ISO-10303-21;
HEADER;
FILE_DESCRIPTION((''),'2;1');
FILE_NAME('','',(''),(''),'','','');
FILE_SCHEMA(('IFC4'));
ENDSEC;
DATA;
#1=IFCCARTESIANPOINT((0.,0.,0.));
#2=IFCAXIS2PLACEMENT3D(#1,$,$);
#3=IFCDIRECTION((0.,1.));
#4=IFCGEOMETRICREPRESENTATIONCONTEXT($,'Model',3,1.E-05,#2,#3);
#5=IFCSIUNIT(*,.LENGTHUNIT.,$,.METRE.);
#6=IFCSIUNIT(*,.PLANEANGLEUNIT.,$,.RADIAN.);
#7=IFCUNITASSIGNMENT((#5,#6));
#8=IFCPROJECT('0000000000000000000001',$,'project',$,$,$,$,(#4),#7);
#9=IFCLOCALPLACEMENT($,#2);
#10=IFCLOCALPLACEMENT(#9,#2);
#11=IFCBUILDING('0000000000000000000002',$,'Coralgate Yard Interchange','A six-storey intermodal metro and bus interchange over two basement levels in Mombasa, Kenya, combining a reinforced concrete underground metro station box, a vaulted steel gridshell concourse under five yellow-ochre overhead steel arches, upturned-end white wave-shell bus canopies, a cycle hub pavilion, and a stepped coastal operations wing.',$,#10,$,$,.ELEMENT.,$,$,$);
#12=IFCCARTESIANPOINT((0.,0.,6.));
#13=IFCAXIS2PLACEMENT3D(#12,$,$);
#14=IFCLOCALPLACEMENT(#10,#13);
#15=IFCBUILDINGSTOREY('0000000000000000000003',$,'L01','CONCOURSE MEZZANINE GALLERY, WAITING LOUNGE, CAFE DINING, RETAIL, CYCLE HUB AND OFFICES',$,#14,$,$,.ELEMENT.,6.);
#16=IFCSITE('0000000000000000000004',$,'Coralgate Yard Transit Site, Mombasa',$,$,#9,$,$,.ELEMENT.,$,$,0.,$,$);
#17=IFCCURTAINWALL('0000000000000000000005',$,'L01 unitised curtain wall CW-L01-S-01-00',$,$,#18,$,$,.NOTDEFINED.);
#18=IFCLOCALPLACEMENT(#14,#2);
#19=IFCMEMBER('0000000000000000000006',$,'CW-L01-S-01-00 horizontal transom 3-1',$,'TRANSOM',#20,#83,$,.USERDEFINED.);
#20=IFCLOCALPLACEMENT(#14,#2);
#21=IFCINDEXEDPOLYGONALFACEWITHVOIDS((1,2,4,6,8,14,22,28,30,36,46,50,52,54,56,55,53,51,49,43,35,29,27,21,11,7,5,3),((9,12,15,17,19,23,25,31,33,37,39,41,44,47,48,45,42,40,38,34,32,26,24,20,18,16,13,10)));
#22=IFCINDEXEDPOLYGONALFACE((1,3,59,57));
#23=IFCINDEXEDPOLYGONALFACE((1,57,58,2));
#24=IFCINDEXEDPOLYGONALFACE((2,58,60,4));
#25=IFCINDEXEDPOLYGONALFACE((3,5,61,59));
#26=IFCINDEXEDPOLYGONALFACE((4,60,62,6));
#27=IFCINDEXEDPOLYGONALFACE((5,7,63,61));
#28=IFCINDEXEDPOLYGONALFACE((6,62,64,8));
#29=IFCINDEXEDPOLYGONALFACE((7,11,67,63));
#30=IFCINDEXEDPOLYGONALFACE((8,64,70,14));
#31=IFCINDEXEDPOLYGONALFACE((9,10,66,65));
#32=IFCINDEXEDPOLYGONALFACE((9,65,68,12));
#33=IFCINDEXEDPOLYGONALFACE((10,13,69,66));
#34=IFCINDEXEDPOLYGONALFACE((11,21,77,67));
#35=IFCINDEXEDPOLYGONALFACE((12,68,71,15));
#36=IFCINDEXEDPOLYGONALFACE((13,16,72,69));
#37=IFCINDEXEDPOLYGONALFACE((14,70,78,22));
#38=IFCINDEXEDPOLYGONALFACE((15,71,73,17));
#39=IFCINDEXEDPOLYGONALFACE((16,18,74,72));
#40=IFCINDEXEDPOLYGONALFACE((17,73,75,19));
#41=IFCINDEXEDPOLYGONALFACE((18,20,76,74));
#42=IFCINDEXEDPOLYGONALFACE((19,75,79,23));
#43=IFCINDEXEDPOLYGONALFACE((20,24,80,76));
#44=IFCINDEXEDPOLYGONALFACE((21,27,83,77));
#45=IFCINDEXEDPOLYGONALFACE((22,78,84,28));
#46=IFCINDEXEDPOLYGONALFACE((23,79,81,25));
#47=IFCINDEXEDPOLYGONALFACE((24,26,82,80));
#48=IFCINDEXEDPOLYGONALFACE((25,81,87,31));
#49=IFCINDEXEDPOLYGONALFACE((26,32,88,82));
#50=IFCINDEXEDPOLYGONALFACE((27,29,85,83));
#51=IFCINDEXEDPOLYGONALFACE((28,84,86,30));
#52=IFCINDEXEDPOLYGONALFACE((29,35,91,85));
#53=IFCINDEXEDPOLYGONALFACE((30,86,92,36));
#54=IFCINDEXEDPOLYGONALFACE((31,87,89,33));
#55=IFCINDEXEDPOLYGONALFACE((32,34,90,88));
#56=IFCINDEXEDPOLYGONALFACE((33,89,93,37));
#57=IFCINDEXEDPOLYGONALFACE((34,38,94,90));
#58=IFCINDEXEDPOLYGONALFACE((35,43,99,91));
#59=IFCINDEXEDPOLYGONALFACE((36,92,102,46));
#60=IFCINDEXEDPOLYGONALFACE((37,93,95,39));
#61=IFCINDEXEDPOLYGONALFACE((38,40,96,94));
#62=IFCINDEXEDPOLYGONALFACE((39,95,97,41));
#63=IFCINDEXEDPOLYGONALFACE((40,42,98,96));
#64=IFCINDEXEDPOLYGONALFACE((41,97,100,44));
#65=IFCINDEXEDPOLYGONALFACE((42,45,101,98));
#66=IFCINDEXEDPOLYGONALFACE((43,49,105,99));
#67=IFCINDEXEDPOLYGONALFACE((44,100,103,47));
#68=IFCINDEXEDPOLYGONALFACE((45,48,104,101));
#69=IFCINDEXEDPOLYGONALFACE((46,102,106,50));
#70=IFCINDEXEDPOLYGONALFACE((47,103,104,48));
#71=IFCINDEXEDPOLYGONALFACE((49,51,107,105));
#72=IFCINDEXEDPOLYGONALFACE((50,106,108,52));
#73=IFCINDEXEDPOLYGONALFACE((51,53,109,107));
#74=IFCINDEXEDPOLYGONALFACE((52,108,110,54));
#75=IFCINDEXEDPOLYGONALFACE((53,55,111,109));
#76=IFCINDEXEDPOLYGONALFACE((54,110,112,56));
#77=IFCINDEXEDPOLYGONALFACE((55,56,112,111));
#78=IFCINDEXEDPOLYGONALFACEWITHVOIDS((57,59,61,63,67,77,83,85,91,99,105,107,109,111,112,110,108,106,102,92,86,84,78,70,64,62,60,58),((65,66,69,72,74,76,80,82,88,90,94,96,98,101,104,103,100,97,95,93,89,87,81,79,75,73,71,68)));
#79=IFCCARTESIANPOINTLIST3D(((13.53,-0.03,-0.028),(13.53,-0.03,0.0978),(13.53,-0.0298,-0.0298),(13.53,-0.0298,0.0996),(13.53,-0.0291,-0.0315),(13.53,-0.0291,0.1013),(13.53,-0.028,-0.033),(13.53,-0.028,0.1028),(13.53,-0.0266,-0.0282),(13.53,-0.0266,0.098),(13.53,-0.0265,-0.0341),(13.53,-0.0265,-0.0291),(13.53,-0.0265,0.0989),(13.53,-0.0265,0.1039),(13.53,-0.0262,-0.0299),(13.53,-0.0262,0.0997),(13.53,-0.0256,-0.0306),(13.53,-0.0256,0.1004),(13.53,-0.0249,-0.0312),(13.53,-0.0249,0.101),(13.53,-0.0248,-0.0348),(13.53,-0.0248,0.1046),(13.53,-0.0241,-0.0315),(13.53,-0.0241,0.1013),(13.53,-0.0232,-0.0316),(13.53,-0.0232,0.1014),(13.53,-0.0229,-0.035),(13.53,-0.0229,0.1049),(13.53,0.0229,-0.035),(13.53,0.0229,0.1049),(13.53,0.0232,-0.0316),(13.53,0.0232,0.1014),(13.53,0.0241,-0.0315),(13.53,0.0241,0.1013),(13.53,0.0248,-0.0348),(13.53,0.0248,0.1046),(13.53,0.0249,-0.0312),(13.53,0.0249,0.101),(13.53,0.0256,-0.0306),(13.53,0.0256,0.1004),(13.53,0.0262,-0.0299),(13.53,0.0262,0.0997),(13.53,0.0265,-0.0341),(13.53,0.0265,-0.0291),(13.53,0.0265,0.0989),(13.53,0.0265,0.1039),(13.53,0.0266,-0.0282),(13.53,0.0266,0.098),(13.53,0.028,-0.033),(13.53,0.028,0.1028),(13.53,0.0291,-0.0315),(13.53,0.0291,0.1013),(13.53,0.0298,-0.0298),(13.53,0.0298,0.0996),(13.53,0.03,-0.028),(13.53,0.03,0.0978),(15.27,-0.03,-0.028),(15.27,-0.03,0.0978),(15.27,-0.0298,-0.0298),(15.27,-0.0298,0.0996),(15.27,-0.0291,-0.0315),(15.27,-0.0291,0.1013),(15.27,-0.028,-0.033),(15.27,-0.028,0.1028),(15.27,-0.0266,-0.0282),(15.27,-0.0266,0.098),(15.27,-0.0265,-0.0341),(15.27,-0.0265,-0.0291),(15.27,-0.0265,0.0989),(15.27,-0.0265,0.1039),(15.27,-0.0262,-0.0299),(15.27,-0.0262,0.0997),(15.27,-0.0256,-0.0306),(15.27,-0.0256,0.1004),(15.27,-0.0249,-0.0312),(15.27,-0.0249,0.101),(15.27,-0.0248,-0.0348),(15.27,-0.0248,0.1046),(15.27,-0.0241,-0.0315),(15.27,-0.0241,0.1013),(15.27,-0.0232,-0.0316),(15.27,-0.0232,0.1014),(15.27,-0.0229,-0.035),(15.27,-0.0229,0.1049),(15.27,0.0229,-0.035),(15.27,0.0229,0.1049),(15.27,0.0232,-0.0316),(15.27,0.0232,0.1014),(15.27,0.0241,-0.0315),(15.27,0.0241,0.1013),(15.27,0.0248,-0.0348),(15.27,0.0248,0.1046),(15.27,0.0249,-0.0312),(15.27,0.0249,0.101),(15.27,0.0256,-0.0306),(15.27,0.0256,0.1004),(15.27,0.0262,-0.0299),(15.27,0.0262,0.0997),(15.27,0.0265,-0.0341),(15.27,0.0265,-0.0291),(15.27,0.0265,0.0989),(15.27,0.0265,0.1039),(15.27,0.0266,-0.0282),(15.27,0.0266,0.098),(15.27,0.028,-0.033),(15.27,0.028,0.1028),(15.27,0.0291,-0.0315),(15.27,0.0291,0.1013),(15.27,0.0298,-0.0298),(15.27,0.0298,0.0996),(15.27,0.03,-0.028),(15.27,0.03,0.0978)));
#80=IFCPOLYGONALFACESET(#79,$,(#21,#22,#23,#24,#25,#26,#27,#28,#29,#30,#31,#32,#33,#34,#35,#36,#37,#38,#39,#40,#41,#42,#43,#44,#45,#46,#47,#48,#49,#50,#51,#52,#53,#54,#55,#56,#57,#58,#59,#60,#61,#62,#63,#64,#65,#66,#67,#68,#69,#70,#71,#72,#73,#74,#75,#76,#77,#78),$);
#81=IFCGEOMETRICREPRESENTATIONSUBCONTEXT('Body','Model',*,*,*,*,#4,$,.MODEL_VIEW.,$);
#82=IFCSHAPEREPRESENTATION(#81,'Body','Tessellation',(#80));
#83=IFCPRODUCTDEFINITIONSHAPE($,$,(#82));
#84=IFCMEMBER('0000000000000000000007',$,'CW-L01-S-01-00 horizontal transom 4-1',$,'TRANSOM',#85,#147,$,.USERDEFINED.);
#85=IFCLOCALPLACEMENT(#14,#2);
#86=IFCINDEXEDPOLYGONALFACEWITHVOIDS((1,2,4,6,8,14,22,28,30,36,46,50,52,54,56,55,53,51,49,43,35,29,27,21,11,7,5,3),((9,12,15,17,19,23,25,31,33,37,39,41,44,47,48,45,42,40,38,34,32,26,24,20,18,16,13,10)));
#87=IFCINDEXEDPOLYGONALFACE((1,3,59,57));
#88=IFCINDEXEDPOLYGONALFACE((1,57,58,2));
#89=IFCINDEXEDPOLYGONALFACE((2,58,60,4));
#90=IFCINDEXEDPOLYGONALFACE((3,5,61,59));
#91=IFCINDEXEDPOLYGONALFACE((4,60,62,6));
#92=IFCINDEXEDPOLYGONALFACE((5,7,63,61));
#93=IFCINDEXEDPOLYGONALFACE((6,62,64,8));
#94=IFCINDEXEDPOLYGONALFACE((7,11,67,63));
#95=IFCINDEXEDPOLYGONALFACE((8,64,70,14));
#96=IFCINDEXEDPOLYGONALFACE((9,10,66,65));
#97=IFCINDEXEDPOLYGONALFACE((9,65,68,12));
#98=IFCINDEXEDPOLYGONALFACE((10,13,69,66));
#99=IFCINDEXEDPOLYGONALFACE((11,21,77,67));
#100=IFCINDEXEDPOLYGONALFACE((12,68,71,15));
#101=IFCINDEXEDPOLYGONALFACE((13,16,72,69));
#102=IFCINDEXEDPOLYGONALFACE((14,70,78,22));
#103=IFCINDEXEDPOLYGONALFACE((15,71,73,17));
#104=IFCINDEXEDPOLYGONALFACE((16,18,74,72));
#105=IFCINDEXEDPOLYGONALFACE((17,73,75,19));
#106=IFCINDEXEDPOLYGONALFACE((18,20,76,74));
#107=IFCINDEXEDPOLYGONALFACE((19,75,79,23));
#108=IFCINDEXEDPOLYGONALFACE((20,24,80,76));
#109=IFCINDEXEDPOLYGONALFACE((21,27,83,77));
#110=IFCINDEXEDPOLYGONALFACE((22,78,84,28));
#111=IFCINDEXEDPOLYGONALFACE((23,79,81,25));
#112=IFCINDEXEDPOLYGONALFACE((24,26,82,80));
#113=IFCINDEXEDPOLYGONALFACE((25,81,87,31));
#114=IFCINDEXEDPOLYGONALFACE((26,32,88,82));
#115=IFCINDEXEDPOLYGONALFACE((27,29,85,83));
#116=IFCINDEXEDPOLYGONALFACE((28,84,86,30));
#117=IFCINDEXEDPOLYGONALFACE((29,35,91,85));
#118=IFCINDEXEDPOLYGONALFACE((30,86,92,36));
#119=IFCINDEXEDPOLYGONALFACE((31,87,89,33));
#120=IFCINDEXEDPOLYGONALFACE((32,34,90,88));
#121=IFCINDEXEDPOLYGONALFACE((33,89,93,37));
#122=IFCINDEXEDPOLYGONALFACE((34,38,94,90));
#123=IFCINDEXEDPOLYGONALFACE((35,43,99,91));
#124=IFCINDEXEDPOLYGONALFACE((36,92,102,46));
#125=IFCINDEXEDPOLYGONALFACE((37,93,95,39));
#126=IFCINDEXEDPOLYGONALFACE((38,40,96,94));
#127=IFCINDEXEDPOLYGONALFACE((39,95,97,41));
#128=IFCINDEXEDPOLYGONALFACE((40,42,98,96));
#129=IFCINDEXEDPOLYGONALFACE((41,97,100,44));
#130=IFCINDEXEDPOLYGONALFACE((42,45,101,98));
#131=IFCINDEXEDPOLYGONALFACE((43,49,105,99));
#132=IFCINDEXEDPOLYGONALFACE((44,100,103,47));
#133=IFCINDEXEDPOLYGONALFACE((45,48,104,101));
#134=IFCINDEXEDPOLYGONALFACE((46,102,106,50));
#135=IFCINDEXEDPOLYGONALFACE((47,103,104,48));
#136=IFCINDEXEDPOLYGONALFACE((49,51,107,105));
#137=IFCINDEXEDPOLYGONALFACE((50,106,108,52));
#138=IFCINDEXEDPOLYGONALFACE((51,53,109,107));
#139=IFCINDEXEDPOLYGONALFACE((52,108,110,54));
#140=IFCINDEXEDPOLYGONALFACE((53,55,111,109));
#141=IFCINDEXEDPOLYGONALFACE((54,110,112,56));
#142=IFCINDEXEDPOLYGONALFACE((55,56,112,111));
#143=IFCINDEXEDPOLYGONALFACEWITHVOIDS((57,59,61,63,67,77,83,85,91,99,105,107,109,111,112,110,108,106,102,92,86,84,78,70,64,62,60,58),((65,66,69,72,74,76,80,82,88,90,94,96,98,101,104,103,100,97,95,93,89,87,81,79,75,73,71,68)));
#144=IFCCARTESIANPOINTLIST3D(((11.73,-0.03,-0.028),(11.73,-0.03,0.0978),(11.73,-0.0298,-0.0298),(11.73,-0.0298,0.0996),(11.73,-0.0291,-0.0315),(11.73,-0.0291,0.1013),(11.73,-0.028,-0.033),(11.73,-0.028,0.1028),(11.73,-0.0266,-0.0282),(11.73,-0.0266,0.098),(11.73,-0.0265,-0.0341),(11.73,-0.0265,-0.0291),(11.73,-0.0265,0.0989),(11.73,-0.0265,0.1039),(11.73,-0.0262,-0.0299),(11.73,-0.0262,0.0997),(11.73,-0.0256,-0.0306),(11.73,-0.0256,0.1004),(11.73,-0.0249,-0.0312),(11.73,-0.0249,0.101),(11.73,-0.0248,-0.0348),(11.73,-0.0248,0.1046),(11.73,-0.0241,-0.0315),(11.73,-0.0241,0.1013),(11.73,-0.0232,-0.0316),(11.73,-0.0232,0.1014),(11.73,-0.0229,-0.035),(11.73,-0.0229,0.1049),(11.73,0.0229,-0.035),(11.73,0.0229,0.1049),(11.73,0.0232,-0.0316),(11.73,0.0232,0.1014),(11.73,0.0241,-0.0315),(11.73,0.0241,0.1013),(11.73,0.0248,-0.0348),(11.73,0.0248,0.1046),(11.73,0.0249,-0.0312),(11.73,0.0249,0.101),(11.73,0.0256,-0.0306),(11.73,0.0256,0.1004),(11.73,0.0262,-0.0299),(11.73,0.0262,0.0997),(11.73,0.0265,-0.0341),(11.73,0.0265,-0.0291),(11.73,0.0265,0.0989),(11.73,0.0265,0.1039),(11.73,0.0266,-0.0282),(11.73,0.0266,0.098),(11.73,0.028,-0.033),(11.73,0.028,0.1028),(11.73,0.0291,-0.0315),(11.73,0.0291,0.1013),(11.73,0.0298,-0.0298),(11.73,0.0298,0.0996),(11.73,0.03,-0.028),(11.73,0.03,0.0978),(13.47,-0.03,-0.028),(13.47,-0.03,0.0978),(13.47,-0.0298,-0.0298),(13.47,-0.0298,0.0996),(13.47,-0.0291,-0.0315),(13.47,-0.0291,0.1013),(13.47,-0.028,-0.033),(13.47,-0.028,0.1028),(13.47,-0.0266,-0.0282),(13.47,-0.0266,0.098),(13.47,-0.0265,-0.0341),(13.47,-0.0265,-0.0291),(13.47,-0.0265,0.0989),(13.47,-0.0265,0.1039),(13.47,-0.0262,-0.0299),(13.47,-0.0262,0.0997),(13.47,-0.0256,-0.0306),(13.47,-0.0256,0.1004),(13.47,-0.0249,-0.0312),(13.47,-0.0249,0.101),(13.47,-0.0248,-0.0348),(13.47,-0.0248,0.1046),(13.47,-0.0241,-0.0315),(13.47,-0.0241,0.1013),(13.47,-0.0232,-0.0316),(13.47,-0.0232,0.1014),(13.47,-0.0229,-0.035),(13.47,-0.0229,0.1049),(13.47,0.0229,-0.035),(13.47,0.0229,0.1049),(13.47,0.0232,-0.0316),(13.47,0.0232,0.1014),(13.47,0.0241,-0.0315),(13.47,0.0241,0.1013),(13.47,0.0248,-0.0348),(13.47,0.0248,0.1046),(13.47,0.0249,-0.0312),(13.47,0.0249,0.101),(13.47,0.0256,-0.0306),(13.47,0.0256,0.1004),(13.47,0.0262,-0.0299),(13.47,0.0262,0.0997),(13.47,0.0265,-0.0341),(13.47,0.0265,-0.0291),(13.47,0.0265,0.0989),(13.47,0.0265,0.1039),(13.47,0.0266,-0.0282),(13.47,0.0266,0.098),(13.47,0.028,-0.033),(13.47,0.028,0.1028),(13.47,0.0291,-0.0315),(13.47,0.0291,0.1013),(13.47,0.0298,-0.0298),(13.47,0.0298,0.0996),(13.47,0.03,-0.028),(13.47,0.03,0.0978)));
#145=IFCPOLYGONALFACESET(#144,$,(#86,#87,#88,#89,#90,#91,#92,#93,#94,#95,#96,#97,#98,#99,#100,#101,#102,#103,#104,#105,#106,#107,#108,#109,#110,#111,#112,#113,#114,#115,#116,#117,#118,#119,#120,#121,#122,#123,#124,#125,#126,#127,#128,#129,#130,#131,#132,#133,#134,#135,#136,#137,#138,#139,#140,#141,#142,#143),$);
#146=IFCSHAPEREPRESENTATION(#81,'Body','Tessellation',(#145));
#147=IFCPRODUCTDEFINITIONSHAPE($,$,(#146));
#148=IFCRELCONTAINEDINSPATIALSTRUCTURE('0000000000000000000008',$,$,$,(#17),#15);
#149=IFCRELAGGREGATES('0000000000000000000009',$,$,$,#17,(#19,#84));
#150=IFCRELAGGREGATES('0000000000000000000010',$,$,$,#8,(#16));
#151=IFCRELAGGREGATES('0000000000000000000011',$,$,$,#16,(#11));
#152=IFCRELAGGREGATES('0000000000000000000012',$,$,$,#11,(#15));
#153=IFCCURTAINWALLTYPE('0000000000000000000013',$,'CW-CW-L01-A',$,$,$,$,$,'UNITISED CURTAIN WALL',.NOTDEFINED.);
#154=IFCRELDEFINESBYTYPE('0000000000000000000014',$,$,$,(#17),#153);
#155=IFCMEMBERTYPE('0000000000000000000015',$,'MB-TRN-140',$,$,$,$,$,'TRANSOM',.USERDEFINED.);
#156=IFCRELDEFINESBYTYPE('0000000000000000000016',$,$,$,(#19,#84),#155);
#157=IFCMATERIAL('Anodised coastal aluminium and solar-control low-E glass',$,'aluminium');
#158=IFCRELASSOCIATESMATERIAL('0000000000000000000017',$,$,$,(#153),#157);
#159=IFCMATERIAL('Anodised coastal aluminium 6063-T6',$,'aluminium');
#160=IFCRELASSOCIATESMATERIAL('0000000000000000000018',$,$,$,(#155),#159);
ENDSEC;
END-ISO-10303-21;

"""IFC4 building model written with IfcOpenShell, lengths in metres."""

from ifc_helpers import new_model, si_unit, direction, frame, origin, origin_2d, place, context, subcontext, project, spatial, hollow_rectangle, extrude, material, material_profile, profile_set, type_object, element, aggregate, save


model = new_model("IFC4")

# Units and contexts
model_context = context("Model", 3, precision=1e-05, world=origin(), true_north=direction((0.0, 1.0)))
body_context = subcontext(model_context, "Body", "Model", "MODEL_VIEW")
ifc_project = project(units=[si_unit("LENGTHUNIT", "METRE"), si_unit("PLANEANGLEUNIT", "RADIAN")], contexts=[model_context])

# Site, building, storey
site_placement = place(None, origin())
site = spatial("IfcSite", under=ifc_project, at=site_placement, Name="Coralgate Yard Transit Site, Mombasa", CompositionType="ELEMENT", RefElevation=0.0)
building_placement = place(site_placement, origin())
building = spatial("IfcBuilding", under=site, at=building_placement, Name="Coralgate Yard Interchange", Description="A six-storey intermodal metro and bus interchange over two basement levels in Mombasa, Kenya, combining a reinforced concrete underground metro station box, a vaulted steel gridshell concourse under five yellow-ochre overhead steel arches, upturned-end white wave-shell bus canopies, a cycle hub pavilion, and a stepped coastal operations wing.", CompositionType="ELEMENT")
storey_placement = place(building_placement, frame((0.0, 0.0, 6.0)))
storey = spatial("IfcBuildingStorey", under=building, at=storey_placement, Name="L01", Description="CONCOURSE MEZZANINE GALLERY, WAITING LOUNGE, CAFE DINING, RETAIL, CYCLE HUB AND OFFICES", CompositionType="ELEMENT", Elevation=6.0)

# Curtain wall, members
ifc_material_1 = material(Name="Anodised coastal aluminium and solar-control low-E glass", Category="aluminium")
curtain_wall_type = type_object("IfcCurtainWallType", Name="CW-CW-L01-A", ElementType="UNITISED CURTAIN WALL", PredefinedType="NOTDEFINED", material=ifc_material_1)
curtain_wall_placement = place(storey_placement, origin())
curtain_wall = element("IfcCurtainWall", 1, at=curtain_wall_placement, inside=storey, type_object=curtain_wall_type, Name="L01 unitised curtain wall CW-L01-S-01-00", PredefinedType="NOTDEFINED")
ifc_material_2 = material(Name="Anodised coastal aluminium 6063-T6", Category="aluminium")
ifc_material_profile_1 = material_profile(ifc_material_2, hollow_rectangle(XDim=0.0601, YDim=0.1399, WallThickness=0.0034, InnerFilletRadius=0.0034, OuterFilletRadius=0.0071, at=origin_2d()), Name="ALU 60x140x3.5")
ifc_profile_set_1 = profile_set([ifc_material_profile_1], Name="Anodised coastal aluminium 6063-T6")
member_type_1 = type_object("IfcMemberType", Name="MB-TRN-140", ElementType="TRANSOM", PredefinedType="USERDEFINED", material=ifc_profile_set_1)
member_1_placement = place(storey_placement, frame((15.27, 0.0, 0.0349), z_axis=(-1.0, 0.0, 0.0), x_axis=(0.0, -1.0, 0.0)))
member_1 = element("IfcMember", 2, at=member_1_placement, type_object=member_type_1, Name="CW-L01-S-01-00 horizontal transom 3-1", ObjectType="TRANSOM", PredefinedType="USERDEFINED", context=body_context, shape_type="SweptSolid", body=[
    extrude(hollow_rectangle(XDim=0.0601, YDim=0.1399, WallThickness=0.0034, InnerFilletRadius=0.0034, OuterFilletRadius=0.0071, at=origin_2d()), origin(), (0.0, 0.0, 1.0), 1.74),
])
member_2_placement = place(storey_placement, frame((13.47, 0.0, 0.0349), z_axis=(-1.0, 0.0, 0.0), x_axis=(0.0, -1.0, 0.0)))
member_2 = element("IfcMember", 3, at=member_2_placement, type_object=member_type_1, Name="CW-L01-S-01-00 horizontal transom 4-1", ObjectType="TRANSOM", PredefinedType="USERDEFINED", context=body_context, shape_type="SweptSolid", body=[
    extrude(hollow_rectangle(XDim=0.0601, YDim=0.1399, WallThickness=0.0034, InnerFilletRadius=0.0034, OuterFilletRadius=0.0071, at=origin_2d()), origin(), (0.0, 0.0, 1.0), 1.74),
])
aggregate(curtain_wall, [member_1, member_2])

save(model, "model.ifc")
